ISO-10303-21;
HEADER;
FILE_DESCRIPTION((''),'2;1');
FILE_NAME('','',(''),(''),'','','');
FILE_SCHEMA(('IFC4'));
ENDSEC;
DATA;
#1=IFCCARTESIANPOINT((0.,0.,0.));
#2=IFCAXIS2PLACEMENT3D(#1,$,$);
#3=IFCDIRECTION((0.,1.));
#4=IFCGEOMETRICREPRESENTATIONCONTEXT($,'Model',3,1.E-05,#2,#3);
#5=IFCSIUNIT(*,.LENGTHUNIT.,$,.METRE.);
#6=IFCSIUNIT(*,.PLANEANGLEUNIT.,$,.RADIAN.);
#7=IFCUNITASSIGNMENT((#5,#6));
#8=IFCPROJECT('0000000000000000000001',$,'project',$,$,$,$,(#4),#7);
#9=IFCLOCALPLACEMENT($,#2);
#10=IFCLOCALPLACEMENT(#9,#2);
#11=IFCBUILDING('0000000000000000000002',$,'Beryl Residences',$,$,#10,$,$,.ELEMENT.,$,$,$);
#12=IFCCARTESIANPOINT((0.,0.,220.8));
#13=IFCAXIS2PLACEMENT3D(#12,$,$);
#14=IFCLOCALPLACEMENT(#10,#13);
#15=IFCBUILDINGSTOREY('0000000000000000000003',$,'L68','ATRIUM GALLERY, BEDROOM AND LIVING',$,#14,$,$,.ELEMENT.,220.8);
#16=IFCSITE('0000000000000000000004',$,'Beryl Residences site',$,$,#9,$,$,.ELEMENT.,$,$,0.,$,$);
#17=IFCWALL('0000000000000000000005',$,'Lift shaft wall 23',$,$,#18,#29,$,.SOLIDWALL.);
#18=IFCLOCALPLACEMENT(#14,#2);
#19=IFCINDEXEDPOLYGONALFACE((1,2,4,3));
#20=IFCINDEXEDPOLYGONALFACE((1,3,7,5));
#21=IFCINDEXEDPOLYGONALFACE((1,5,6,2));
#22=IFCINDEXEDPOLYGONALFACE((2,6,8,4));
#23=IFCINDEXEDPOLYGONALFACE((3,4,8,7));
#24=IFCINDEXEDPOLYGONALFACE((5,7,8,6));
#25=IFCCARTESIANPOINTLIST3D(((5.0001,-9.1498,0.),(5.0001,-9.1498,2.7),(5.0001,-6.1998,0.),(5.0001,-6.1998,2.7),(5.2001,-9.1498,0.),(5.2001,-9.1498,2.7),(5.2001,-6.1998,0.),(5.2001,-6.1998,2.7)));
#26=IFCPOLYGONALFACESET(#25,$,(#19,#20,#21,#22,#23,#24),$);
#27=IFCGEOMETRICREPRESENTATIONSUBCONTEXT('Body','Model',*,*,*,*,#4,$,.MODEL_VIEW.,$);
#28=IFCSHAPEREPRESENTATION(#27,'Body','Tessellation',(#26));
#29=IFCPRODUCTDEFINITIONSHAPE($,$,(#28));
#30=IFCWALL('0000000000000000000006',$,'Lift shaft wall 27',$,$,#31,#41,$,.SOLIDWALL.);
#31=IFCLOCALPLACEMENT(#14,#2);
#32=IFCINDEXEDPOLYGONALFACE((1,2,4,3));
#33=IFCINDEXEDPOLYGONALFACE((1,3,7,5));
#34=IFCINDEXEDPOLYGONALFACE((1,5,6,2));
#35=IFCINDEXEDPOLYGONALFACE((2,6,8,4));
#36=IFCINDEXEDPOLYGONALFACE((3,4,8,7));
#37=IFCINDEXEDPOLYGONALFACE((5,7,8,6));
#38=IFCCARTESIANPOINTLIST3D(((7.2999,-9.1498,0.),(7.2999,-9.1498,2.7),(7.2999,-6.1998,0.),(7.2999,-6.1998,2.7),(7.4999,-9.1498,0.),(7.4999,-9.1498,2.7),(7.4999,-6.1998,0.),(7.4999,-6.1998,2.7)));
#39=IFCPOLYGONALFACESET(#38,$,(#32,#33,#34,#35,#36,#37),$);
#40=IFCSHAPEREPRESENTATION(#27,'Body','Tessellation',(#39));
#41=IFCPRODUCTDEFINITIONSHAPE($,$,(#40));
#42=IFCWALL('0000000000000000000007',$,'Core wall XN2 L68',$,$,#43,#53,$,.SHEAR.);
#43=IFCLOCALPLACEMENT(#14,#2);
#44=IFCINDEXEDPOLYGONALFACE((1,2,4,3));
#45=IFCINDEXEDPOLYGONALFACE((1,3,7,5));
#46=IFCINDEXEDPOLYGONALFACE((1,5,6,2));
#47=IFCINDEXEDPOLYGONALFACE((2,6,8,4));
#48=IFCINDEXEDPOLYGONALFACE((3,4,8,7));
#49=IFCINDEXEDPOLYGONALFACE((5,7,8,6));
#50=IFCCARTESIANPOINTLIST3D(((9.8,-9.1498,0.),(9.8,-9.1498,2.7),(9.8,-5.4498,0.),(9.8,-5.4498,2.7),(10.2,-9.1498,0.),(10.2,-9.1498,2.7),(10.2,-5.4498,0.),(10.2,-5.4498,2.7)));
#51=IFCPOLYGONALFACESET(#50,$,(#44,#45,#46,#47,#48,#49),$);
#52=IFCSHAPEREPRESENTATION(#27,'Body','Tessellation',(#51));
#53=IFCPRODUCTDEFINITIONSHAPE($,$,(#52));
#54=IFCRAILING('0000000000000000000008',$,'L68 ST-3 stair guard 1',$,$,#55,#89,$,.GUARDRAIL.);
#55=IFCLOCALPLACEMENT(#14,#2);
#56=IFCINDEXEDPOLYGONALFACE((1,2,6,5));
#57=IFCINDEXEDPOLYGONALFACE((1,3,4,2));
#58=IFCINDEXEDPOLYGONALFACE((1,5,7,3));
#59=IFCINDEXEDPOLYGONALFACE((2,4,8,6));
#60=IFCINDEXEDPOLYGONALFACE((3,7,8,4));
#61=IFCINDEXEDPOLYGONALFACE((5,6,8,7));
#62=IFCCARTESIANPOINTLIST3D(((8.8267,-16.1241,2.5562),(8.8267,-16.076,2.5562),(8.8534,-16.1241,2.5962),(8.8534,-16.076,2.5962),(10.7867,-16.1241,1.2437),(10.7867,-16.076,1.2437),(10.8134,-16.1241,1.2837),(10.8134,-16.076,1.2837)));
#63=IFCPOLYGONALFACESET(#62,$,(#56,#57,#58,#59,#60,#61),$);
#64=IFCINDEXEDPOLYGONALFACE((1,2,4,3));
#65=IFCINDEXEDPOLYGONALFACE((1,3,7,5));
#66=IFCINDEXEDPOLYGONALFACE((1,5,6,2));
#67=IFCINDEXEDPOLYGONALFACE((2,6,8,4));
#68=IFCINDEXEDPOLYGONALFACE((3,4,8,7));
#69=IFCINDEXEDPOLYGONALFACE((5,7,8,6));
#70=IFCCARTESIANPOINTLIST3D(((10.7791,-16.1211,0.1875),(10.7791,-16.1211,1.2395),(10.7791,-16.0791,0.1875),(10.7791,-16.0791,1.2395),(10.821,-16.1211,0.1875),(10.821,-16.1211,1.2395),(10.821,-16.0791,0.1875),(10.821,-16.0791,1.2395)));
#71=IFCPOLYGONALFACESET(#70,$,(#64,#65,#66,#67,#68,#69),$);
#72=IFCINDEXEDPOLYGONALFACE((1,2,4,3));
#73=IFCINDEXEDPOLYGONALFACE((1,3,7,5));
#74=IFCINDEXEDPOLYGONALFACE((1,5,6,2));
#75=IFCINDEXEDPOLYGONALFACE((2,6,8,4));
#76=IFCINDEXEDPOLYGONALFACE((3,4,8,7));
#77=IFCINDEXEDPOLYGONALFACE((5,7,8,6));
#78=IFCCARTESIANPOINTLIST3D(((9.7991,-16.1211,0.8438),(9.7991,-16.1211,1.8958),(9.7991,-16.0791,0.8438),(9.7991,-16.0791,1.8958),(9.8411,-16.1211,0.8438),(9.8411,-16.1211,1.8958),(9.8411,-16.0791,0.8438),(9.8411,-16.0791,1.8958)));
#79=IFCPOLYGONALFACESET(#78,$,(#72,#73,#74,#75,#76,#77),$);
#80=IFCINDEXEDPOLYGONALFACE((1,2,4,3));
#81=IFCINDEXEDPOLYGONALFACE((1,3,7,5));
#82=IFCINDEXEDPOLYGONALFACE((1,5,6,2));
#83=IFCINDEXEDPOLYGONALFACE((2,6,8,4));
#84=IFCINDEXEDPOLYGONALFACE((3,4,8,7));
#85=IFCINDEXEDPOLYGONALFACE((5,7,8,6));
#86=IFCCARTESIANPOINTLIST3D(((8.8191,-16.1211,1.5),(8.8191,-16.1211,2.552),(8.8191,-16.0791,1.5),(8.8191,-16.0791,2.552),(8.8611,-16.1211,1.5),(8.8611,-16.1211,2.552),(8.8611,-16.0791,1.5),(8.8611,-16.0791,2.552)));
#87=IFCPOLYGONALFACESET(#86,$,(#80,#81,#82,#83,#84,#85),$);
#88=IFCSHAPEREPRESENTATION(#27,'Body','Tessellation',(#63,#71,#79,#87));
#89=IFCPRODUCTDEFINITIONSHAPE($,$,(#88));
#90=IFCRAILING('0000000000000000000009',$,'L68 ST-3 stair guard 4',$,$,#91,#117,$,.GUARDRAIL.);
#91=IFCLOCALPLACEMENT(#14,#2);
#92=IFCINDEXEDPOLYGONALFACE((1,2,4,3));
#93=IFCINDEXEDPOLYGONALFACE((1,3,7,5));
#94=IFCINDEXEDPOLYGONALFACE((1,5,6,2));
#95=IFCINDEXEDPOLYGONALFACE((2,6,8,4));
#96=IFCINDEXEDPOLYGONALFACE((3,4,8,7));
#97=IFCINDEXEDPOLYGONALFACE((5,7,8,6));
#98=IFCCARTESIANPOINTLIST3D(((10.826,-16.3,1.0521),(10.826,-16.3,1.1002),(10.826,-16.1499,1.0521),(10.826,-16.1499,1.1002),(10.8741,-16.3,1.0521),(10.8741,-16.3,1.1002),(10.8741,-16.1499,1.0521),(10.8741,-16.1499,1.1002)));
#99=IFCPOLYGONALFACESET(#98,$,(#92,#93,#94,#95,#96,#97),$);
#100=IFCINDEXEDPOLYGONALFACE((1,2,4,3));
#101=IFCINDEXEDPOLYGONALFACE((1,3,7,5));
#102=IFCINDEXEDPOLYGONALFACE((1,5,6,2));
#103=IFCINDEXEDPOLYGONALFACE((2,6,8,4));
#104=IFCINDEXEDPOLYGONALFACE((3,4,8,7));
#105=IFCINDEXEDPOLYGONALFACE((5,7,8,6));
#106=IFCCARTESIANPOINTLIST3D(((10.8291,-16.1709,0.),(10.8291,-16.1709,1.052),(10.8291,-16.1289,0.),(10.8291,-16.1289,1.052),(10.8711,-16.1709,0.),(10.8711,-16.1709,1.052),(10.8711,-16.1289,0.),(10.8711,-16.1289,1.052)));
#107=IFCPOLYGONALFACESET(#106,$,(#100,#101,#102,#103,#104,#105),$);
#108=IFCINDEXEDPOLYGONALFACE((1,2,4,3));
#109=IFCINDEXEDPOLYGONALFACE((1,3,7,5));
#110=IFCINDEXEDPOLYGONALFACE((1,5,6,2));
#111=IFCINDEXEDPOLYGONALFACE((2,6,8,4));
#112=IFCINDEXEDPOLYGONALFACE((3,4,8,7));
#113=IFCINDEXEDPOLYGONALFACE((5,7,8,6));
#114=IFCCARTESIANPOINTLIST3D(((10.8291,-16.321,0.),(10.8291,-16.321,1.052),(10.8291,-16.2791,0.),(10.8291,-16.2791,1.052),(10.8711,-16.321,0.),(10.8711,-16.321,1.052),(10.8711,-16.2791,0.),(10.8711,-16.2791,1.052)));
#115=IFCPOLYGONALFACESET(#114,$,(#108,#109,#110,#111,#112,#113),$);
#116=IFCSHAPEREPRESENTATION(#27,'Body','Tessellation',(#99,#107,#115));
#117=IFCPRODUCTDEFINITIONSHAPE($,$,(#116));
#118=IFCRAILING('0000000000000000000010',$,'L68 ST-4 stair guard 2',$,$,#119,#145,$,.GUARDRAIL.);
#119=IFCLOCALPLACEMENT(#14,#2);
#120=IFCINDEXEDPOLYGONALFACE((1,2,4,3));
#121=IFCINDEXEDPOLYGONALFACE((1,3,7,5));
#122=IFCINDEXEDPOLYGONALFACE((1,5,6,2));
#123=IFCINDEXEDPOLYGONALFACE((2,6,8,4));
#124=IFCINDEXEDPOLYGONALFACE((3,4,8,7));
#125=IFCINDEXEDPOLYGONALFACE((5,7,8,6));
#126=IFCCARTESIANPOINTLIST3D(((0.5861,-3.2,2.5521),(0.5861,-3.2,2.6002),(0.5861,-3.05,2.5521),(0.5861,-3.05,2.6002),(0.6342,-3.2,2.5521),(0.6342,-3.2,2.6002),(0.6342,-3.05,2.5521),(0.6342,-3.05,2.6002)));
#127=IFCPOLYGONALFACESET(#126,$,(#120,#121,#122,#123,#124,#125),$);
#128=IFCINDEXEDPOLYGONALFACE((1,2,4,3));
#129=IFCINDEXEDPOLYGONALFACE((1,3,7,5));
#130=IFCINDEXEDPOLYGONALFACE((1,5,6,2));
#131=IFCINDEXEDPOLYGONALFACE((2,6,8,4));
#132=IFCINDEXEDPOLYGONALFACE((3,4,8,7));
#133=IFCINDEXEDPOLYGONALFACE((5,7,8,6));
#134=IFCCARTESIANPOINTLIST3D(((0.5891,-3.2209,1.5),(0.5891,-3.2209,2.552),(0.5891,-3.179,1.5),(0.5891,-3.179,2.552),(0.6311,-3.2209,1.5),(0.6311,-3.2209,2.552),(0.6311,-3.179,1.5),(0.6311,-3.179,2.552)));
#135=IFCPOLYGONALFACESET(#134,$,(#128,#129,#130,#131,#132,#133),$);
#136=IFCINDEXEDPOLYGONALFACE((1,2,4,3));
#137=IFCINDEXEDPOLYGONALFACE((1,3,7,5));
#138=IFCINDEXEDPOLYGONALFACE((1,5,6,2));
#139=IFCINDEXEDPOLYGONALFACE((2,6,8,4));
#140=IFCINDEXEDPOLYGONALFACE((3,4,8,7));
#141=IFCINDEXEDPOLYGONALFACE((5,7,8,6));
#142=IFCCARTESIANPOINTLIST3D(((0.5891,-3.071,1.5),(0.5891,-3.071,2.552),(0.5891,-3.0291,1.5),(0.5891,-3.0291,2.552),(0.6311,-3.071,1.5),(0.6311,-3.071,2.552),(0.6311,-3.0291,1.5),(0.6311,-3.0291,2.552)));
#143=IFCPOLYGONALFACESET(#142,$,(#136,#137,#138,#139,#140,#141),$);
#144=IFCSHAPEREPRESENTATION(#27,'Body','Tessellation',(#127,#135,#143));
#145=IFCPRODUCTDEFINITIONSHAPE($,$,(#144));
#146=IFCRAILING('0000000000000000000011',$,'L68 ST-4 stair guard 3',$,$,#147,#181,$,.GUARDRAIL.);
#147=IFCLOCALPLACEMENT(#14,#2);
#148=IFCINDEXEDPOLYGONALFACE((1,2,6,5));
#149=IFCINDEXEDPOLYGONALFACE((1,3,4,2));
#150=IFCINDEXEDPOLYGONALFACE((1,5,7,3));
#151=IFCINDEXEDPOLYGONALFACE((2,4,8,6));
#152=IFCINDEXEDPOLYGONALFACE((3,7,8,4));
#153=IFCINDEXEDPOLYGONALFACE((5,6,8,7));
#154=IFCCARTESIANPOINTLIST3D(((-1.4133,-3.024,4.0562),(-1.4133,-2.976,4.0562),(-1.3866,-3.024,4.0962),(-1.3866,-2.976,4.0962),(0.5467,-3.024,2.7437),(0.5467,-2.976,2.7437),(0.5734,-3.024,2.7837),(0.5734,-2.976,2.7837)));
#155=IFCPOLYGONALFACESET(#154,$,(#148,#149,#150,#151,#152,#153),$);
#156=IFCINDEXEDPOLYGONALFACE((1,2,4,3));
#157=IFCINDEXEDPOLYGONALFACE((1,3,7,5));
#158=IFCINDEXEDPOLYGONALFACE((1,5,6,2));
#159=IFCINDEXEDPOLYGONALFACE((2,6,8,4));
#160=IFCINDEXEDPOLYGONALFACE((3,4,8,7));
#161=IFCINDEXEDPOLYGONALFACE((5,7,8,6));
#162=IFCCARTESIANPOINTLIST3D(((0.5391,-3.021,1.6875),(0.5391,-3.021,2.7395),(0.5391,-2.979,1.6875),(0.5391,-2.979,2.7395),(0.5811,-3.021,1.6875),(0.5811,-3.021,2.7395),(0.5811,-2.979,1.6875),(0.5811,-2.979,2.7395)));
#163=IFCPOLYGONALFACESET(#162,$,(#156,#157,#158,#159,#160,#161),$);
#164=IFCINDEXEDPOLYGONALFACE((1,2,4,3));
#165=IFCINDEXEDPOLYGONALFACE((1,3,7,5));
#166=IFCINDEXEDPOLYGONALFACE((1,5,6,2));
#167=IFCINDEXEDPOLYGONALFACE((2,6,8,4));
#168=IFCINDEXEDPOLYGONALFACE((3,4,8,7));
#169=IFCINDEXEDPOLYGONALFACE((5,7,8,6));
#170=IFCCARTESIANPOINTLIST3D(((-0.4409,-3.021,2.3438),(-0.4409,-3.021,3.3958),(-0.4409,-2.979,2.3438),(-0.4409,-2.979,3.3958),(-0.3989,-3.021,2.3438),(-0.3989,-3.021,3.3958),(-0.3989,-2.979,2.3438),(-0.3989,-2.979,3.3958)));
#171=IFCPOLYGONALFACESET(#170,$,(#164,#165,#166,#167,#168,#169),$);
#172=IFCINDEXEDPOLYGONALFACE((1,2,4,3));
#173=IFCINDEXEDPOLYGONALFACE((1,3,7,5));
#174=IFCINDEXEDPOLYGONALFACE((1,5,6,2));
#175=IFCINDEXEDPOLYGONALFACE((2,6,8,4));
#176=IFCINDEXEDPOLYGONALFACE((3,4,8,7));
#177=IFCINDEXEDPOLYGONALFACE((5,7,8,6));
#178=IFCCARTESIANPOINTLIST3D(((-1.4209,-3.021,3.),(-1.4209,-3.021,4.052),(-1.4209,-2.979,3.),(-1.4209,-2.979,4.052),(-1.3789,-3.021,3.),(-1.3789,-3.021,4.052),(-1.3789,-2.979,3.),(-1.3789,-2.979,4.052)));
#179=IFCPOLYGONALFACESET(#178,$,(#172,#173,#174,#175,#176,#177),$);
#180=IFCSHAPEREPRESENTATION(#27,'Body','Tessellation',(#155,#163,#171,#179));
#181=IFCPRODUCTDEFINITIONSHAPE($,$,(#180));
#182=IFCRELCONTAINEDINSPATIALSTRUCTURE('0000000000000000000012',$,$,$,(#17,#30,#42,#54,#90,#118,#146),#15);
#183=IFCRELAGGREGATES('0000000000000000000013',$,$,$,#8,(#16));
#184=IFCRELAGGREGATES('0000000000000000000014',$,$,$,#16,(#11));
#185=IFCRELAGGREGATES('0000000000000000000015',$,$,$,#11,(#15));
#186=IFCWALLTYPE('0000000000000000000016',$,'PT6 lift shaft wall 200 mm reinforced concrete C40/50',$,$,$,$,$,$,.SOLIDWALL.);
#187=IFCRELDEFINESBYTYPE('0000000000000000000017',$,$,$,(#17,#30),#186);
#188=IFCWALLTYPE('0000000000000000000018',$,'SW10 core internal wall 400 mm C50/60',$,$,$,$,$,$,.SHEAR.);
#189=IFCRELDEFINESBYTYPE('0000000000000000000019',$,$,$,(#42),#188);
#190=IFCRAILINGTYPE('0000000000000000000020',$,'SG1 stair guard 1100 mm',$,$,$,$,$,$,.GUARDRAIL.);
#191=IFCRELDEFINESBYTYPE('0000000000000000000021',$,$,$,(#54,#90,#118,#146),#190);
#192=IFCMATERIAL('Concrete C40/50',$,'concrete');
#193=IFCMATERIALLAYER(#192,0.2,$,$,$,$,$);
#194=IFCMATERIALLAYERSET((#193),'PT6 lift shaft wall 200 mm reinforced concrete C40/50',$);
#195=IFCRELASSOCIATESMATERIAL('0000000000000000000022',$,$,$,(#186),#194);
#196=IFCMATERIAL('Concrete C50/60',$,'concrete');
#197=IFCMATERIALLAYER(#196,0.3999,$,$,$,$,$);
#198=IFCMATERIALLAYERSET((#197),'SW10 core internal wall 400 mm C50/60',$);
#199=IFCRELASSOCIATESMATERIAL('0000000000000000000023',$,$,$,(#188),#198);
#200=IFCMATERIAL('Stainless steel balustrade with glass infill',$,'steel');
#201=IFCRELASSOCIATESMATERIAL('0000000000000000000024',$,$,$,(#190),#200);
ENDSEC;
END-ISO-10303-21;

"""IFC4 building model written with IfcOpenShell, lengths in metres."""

from ifc_helpers import new_model, si_unit, direction, frame, frame_2d, origin, origin_2d, place, context, subcontext, project, spatial, rectangle, extrude, material, layer, layer_set, type_object, element, save


model = new_model("IFC4")

# Units and contexts
model_context = context("Model", 3, precision=1e-05, world=origin(), true_north=direction((0.0, 1.0)))
body_context = subcontext(model_context, "Body", "Model", "MODEL_VIEW")
ifc_project = project(units=[si_unit("LENGTHUNIT", "METRE"), si_unit("PLANEANGLEUNIT", "RADIAN")], contexts=[model_context])

# Site, building, storey
site_placement = place(None, origin())
site = spatial("IfcSite", under=ifc_project, at=site_placement, Name="Beryl Residences site", CompositionType="ELEMENT", RefElevation=0.0)
building_placement = place(site_placement, origin())
building = spatial("IfcBuilding", under=site, at=building_placement, Name="Beryl Residences", CompositionType="ELEMENT")
storey_placement = place(building_placement, frame((0.0, 0.0, 220.8)))
storey = spatial("IfcBuildingStorey", under=building, at=storey_placement, Name="L68", Description="ATRIUM GALLERY, BEDROOM AND LIVING", CompositionType="ELEMENT", Elevation=220.8)

# Walls
ifc_material_1 = material(Name="Concrete C40/50", Category="concrete")
ifc_layer_1 = layer(ifc_material_1, 0.2)
ifc_layer_set_1 = layer_set([ifc_layer_1], Name="PT6 lift shaft wall 200 mm reinforced concrete C40/50")
wall_type_1 = type_object("IfcWallType", Name="PT6 lift shaft wall 200 mm reinforced concrete C40/50", PredefinedType="SOLIDWALL", material=ifc_layer_set_1)
for number, where, z_axis, x_axis, name in (
    (1, (5.1001, -9.1499, 0.0), (0.0, 0.0, 1.0), (0.0, 1.0, 0.0), "Lift shaft wall 23"),
    (2, (7.3999, -9.1499, 0.0), (0.0, 0.0, 1.0), (0.0, 1.0, 0.0), "Lift shaft wall 27"),
):
    element("IfcWall", number, at=place(storey_placement, frame(where, z_axis=z_axis, x_axis=x_axis)), inside=storey, type_object=wall_type_1, Name=name, PredefinedType="SOLIDWALL", context=body_context, shape_type="SweptSolid", body=[
        extrude(rectangle(XDim=2.95, YDim=0.2, at=frame_2d((1.4751, 0.0))), origin(), (0.0, 0.0, 1.0), 2.7),
    ])
ifc_material_2 = material(Name="Concrete C50/60", Category="concrete")
ifc_layer_2 = layer(ifc_material_2, 0.3999)
ifc_layer_set_2 = layer_set([ifc_layer_2], Name="SW10 core internal wall 400 mm C50/60")
wall_type_2 = type_object("IfcWallType", Name="SW10 core internal wall 400 mm C50/60", PredefinedType="SHEAR", material=ifc_layer_set_2)
wall_1_placement = place(storey_placement, frame((10.0, -9.1499, 0.0), z_axis=(0.0, 0.0, 1.0), x_axis=(0.0, 1.0, 0.0)))
element("IfcWall", 3, at=wall_1_placement, inside=storey, type_object=wall_type_2, Name="Core wall XN2 L68", PredefinedType="SHEAR", context=body_context, shape_type="SweptSolid", body=[
    extrude(rectangle(XDim=3.7, YDim=0.3999, at=frame_2d((1.8501, 0.0))), origin(), (0.0, 0.0, 1.0), 2.7),
])

# Railings
ifc_material_3 = material(Name="Stainless steel balustrade with glass infill", Category="steel")
railing_type_1 = type_object("IfcRailingType", Name="SG1 stair guard 1100 mm", PredefinedType="GUARDRAIL", material=ifc_material_3)
railing_1_placement = place(storey_placement, frame((10.8, -16.1001, 0.1875)))
element("IfcRailing", 4, at=railing_1_placement, inside=storey, type_object=railing_type_1, Name="L68 ST-3 stair guard 1", PredefinedType="GUARDRAIL", context=body_context, shape_type="SweptSolid", body=[
    extrude(rectangle(XDim=0.0481, YDim=0.0481, at=origin_2d()), frame((0.0, 0.0, 1.0762), z_axis=(-0.830902, 0.0, 0.556419), x_axis=(0.0, -1.0, 0.0)), (0.0, 0.0, 1.0), 2.3589),
    extrude(rectangle(XDim=0.042, YDim=0.042, at=origin_2d()), origin(), (0.0, 0.0, 1.0), 1.052),
    extrude(rectangle(XDim=0.042, YDim=0.042, at=origin_2d()), frame((-0.98, 0.0, 0.6562)), (0.0, 0.0, 1.0), 1.052),
    extrude(rectangle(XDim=0.042, YDim=0.042, at=origin_2d()), frame((-1.96, 0.0, 1.3125)), (0.0, 0.0, 1.0), 1.052),
])
railing_2_placement = place(storey_placement, frame((10.8501, -16.1499, 0.0)))
element("IfcRailing", 5, at=railing_2_placement, inside=storey, type_object=railing_type_1, Name="L68 ST-3 stair guard 4", PredefinedType="GUARDRAIL", context=body_context, shape_type="SweptSolid", body=[
    extrude(rectangle(XDim=0.0481, YDim=0.0481, at=origin_2d()), frame((0.0, 0.0, 1.0762), z_axis=(0.0, -1.0, 0.0), x_axis=(1.0, 0.0, 0.0)), (0.0, 0.0, 1.0), 0.1501),
    extrude(rectangle(XDim=0.042, YDim=0.042, at=origin_2d()), origin(), (0.0, 0.0, 1.0), 1.052),
    extrude(rectangle(XDim=0.042, YDim=0.042, at=origin_2d()), frame((0.0, -0.1501, 0.0)), (0.0, 0.0, 1.0), 1.052),
])
railing_3_placement = place(storey_placement, frame((0.6101, -3.2, 1.5)))
element("IfcRailing", 6, at=railing_3_placement, inside=storey, type_object=railing_type_1, Name="L68 ST-4 stair guard 2", PredefinedType="GUARDRAIL", context=body_context, shape_type="SweptSolid", body=[
    extrude(rectangle(XDim=0.0481, YDim=0.0481, at=origin_2d()), frame((0.0, 0.0, 1.0762), z_axis=(0.0, 1.0, 0.0), x_axis=(-1.0, 0.0, 0.0)), (0.0, 0.0, 1.0), 0.1499),
    extrude(rectangle(XDim=0.042, YDim=0.042, at=origin_2d()), origin(), (0.0, 0.0, 1.0), 1.052),
    extrude(rectangle(XDim=0.042, YDim=0.042, at=origin_2d()), frame((0.0, 0.1499, 0.0)), (0.0, 0.0, 1.0), 1.052),
])
railing_4_placement = place(storey_placement, frame((0.5601, -3.0, 1.6875)))
element("IfcRailing", 7, at=railing_4_placement, inside=storey, type_object=railing_type_1, Name="L68 ST-4 stair guard 3", PredefinedType="GUARDRAIL", context=body_context, shape_type="SweptSolid", body=[
    extrude(rectangle(XDim=0.0481, YDim=0.0481, at=origin_2d()), frame((0.0, 0.0, 1.0762), z_axis=(-0.830902, 0.0, 0.556419), x_axis=(0.0, -1.0, 0.0)), (0.0, 0.0, 1.0), 2.3589),
    extrude(rectangle(XDim=0.042, YDim=0.042, at=origin_2d()), origin(), (0.0, 0.0, 1.0), 1.052),
    extrude(rectangle(XDim=0.042, YDim=0.042, at=origin_2d()), frame((-0.98, 0.0, 0.6562)), (0.0, 0.0, 1.0), 1.052),
    extrude(rectangle(XDim=0.042, YDim=0.042, at=origin_2d()), frame((-1.96, 0.0, 1.3125)), (0.0, 0.0, 1.0), 1.052),
])

save(model, "model.ifc")
